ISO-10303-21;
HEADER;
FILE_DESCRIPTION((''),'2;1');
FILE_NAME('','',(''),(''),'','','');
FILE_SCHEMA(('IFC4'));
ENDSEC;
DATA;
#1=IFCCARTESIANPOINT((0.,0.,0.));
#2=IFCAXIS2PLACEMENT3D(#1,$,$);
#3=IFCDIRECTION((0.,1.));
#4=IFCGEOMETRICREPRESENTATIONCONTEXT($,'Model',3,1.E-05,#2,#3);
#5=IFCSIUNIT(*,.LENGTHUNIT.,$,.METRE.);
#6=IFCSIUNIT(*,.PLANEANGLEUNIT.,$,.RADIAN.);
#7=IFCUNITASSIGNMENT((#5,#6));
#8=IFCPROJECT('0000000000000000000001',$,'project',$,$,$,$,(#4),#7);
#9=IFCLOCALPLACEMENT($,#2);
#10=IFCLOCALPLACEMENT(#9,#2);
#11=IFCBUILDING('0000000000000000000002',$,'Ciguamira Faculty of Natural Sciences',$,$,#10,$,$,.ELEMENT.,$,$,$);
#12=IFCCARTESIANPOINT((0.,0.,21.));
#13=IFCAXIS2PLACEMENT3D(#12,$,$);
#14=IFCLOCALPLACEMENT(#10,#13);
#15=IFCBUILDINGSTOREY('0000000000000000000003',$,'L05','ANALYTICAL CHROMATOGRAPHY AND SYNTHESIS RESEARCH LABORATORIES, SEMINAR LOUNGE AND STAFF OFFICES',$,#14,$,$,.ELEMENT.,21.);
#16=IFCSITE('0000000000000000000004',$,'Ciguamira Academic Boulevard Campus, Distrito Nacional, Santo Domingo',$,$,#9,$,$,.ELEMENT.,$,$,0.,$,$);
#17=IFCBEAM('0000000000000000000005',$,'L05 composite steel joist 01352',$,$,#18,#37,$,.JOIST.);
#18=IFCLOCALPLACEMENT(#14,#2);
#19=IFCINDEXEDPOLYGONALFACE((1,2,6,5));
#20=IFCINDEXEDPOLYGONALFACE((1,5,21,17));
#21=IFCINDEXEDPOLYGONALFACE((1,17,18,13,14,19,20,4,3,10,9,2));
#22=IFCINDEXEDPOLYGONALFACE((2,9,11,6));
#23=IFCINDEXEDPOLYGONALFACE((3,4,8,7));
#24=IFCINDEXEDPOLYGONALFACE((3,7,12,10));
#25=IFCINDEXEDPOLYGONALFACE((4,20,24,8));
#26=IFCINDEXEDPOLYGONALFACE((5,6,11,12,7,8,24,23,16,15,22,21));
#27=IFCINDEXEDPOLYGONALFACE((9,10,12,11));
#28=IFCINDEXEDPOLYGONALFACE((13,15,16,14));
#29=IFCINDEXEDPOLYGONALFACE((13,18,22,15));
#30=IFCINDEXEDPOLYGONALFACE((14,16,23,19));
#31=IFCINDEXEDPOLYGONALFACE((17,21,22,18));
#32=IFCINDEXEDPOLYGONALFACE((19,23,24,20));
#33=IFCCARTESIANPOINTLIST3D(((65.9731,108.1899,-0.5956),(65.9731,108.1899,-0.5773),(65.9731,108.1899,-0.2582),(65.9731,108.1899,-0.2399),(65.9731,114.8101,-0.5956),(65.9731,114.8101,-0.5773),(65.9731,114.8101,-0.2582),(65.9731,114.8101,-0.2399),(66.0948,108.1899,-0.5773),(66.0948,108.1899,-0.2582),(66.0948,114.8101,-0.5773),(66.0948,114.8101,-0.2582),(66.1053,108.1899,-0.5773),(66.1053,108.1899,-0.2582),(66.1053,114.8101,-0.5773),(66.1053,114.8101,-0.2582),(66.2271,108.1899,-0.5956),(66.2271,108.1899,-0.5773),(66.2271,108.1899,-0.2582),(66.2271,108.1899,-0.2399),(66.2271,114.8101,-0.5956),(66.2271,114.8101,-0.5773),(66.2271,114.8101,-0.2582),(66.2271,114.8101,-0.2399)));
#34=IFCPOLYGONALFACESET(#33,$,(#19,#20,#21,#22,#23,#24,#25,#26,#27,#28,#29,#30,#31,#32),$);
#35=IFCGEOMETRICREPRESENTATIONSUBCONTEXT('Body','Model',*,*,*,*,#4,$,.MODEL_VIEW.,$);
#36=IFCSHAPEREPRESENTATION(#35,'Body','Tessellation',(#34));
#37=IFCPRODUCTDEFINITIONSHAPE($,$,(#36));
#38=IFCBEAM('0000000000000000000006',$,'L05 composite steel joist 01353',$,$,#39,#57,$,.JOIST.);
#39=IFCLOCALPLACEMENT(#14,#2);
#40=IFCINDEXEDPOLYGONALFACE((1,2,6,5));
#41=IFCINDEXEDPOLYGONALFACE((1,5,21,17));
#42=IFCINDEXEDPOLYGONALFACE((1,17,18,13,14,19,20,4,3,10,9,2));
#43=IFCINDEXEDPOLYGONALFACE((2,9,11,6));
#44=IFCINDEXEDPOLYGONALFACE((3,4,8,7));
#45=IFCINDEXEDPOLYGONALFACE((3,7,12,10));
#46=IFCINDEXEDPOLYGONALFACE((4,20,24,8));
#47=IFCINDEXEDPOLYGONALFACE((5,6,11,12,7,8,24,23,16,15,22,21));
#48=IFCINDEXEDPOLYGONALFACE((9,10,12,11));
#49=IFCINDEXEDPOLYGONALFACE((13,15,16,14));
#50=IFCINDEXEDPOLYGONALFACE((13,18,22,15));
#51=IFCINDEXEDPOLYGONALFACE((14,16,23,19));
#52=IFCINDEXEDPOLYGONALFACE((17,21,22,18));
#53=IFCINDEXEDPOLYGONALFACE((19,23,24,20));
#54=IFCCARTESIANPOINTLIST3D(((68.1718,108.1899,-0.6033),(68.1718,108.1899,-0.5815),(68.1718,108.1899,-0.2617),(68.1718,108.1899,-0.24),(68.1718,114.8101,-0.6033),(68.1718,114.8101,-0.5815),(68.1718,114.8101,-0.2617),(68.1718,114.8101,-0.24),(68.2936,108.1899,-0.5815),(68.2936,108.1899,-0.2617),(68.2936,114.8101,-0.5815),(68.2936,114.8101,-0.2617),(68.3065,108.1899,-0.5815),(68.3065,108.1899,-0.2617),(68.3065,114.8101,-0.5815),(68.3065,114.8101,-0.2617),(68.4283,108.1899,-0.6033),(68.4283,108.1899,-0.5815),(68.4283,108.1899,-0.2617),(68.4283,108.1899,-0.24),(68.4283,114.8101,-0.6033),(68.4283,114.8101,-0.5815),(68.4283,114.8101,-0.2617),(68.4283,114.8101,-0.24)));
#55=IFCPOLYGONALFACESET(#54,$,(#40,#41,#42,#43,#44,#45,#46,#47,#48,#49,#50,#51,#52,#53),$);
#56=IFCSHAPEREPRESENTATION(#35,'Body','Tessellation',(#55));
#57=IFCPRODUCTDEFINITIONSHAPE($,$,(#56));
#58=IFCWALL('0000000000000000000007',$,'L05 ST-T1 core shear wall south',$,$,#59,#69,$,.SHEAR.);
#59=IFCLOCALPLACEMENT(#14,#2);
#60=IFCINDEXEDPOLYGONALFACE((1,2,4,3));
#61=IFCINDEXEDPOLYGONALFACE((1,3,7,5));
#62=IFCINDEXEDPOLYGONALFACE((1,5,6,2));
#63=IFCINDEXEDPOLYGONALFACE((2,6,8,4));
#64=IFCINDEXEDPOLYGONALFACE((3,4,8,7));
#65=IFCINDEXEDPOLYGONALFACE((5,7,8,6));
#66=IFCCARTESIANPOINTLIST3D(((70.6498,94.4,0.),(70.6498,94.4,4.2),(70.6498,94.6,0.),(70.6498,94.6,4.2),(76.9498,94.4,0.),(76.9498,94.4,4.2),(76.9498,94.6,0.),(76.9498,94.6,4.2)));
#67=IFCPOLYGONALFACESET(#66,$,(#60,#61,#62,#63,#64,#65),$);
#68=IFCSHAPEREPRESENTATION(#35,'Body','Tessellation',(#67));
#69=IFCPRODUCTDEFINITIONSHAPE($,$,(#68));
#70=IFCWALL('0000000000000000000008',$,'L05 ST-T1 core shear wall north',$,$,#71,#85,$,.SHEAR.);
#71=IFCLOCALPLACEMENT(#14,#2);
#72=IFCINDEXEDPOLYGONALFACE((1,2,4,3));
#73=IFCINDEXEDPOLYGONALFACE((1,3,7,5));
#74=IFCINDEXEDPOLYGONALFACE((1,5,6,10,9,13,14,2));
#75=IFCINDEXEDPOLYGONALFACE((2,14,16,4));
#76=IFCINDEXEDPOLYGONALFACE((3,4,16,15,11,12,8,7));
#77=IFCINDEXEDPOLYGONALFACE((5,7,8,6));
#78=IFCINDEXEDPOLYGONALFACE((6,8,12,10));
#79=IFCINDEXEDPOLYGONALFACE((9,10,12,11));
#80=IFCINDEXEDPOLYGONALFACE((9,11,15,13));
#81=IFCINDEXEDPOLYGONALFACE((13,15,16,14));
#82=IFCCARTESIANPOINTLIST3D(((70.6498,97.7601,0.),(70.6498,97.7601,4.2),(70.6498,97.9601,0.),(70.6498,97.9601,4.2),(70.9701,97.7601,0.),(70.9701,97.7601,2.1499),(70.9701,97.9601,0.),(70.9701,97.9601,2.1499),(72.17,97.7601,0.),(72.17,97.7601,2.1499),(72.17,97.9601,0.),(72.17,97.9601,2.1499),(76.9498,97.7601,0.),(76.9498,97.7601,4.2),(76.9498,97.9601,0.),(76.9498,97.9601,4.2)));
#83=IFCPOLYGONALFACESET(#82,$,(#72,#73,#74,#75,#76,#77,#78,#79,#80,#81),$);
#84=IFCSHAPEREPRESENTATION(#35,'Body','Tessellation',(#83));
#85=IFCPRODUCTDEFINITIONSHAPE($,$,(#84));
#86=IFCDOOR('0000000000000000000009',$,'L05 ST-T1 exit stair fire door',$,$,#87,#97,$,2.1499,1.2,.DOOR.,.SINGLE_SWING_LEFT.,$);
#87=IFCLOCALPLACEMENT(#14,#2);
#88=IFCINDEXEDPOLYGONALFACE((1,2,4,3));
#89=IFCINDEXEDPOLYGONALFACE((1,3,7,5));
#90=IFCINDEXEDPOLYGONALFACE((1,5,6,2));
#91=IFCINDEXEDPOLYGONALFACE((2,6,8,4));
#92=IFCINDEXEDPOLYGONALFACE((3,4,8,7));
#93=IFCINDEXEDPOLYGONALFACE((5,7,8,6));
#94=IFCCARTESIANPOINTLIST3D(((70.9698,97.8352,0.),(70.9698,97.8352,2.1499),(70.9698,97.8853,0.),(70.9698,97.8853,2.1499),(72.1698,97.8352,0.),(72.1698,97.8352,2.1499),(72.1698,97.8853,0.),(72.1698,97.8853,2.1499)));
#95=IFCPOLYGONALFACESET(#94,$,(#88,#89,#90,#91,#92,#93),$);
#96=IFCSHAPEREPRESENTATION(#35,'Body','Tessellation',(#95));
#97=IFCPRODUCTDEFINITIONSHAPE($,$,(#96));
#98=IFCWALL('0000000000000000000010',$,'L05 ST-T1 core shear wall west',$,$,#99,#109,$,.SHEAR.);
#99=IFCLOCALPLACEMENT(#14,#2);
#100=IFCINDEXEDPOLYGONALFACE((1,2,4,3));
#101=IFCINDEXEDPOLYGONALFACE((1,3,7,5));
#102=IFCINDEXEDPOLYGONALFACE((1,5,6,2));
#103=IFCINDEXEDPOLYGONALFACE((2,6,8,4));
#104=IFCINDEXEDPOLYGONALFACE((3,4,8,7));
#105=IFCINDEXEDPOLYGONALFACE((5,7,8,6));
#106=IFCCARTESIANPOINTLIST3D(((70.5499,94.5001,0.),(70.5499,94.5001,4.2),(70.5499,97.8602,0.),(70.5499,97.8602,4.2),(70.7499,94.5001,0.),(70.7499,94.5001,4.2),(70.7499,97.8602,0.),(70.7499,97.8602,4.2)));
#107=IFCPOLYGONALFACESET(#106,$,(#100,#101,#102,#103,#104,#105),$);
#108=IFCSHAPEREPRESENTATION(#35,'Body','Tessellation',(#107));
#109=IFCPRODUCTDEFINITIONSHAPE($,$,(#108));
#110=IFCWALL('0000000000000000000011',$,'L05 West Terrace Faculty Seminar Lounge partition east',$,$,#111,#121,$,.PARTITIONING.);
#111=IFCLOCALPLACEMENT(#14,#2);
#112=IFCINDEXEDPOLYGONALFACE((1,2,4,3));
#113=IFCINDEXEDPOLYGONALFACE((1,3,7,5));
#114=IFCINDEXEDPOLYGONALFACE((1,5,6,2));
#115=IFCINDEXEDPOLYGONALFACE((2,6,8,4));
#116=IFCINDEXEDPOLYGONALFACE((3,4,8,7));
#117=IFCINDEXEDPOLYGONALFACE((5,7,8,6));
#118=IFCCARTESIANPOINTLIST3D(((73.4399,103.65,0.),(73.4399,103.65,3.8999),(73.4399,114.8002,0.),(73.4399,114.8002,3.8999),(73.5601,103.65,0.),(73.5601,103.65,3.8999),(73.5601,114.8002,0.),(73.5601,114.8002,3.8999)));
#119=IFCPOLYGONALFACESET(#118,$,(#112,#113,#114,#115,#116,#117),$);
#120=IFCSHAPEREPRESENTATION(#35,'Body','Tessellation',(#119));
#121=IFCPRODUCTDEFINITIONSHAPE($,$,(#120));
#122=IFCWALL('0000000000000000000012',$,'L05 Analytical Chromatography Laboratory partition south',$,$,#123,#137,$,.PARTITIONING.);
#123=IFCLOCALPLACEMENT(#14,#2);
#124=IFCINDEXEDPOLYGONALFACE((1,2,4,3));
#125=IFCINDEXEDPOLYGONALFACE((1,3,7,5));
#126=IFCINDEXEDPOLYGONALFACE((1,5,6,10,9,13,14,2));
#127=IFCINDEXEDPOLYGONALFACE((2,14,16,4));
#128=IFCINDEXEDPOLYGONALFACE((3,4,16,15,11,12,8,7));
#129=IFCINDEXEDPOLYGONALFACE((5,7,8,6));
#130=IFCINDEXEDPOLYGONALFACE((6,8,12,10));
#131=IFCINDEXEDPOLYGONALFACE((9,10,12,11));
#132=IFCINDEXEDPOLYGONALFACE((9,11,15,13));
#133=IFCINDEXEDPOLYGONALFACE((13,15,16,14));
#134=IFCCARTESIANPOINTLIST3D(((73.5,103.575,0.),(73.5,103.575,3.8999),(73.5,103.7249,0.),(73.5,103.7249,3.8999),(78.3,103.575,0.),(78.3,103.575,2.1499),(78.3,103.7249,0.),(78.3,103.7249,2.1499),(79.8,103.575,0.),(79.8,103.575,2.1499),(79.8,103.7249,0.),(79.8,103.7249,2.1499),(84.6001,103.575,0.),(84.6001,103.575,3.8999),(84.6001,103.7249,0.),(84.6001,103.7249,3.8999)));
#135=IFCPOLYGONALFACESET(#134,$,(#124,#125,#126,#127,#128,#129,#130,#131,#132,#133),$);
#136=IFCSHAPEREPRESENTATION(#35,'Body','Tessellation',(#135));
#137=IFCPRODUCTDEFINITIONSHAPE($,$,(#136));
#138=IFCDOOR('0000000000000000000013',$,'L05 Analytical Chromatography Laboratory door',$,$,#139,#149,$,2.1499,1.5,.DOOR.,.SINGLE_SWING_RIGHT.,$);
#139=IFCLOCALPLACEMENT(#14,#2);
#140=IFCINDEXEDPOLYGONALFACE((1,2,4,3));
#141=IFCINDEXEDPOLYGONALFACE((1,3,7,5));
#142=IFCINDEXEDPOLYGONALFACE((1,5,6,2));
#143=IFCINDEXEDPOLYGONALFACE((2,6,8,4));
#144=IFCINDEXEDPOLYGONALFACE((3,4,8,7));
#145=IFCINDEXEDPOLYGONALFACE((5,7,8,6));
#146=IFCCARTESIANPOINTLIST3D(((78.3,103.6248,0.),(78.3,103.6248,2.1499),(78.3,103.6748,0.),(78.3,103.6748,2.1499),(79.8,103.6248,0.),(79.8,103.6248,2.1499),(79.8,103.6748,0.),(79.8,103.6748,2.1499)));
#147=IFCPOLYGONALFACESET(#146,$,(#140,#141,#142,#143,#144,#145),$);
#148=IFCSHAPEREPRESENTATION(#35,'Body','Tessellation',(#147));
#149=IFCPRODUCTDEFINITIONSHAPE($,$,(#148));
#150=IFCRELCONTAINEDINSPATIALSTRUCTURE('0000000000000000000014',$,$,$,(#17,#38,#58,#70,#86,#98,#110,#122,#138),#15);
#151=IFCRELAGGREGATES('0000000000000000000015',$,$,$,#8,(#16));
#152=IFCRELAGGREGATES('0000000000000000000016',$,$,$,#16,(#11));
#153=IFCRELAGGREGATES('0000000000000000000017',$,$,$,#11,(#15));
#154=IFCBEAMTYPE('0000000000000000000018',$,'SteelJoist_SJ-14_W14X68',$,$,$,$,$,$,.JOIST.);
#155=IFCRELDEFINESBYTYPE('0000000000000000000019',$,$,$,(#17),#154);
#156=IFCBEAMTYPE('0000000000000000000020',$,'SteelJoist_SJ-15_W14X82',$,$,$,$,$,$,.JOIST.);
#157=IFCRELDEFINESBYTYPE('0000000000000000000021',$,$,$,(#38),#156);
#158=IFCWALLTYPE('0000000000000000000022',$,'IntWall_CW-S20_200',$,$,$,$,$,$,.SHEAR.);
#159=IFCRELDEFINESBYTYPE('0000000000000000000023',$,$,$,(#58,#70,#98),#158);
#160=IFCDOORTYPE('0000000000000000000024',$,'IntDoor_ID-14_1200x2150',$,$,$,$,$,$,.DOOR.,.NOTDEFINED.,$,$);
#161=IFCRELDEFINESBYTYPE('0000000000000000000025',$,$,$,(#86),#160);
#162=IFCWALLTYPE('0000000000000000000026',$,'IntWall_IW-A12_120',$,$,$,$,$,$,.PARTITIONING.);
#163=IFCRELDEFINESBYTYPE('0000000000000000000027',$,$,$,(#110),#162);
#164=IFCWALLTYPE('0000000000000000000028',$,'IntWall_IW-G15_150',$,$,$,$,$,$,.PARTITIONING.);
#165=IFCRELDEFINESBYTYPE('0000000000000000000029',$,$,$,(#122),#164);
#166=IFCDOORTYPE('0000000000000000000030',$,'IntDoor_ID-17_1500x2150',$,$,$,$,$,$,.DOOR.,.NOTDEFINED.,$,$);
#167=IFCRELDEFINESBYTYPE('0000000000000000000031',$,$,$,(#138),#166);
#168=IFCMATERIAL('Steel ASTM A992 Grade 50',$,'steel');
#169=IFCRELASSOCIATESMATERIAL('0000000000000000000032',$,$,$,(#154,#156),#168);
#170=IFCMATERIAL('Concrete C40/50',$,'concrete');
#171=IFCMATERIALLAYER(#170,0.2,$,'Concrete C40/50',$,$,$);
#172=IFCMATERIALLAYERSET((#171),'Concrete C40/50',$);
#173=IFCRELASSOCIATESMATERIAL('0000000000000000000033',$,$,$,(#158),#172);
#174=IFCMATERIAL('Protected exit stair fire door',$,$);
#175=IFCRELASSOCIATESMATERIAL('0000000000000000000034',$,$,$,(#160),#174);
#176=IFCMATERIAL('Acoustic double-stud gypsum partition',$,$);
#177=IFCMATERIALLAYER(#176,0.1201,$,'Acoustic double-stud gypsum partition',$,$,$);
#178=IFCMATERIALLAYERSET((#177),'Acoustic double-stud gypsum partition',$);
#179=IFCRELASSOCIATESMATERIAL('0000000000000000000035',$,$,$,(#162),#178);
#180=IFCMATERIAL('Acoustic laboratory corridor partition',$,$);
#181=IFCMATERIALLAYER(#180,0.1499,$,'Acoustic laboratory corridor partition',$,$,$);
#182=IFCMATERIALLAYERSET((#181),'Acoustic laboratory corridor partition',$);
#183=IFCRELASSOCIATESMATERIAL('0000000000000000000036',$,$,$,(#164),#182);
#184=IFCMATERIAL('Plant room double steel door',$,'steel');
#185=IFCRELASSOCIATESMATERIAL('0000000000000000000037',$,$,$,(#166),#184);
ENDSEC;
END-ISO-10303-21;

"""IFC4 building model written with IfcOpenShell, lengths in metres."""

from ifc_helpers import new_model, si_unit, direction, frame, frame_2d, origin, origin_2d, place, context, subcontext, project, spatial, rectangle, i_section, extrude, material, layer, layer_set, material_profile, profile_set, type_object, element, fill, save


model = new_model("IFC4")

# Units and contexts
model_context = context("Model", 3, precision=1e-05, world=origin(), true_north=direction((0.0, 1.0)))
body_context = subcontext(model_context, "Body", "Model", "MODEL_VIEW")
ifc_project = project(units=[si_unit("LENGTHUNIT", "METRE"), si_unit("PLANEANGLEUNIT", "RADIAN")], contexts=[model_context])

# Site, building, storey
site_placement = place(None, origin())
site = spatial("IfcSite", under=ifc_project, at=site_placement, Name="Ciguamira Academic Boulevard Campus, Distrito Nacional, Santo Domingo", CompositionType="ELEMENT", RefElevation=0.0)
building_placement = place(site_placement, origin())
building = spatial("IfcBuilding", under=site, at=building_placement, Name="Ciguamira Faculty of Natural Sciences", CompositionType="ELEMENT")
storey_placement = place(building_placement, frame((0.0, 0.0, 21.0)))
storey = spatial("IfcBuildingStorey", under=building, at=storey_placement, Name="L05", Description="ANALYTICAL CHROMATOGRAPHY AND SYNTHESIS RESEARCH LABORATORIES, SEMINAR LOUNGE AND STAFF OFFICES", CompositionType="ELEMENT", Elevation=21.0)

# Shared definitions
ifc_material_1 = material(Name="Concrete C40/50", Category="concrete")

# Beams
ifc_material_2 = material(Name="Steel ASTM A992 Grade 50", Category="steel")
ifc_material_profile_1 = material_profile(ifc_material_2, i_section(OverallWidth=0.2539, OverallDepth=0.3557, WebThickness=0.0105, FlangeThickness=0.0183, at=origin_2d()), Name="W14X68")
ifc_profile_set_1 = profile_set([ifc_material_profile_1], Name="Steel ASTM A992 Grade 50")
beam_type_1 = type_object("IfcBeamType", Name="SteelJoist_SJ-14_W14X68", PredefinedType="JOIST", material=ifc_profile_set_1)
beam_1_placement = place(storey_placement, frame((66.1001, 108.1899, -0.4177), z_axis=(0.0, 1.0, 0.0), x_axis=(-1.0, 0.0, 0.0)))
element("IfcBeam", 1, at=beam_1_placement, inside=storey, type_object=beam_type_1, Name="L05 composite steel joist 01352", PredefinedType="JOIST", context=body_context, shape_type="SweptSolid", body=[
    extrude(i_section(OverallWidth=0.2539, OverallDepth=0.3557, WebThickness=0.0105, FlangeThickness=0.0183, at=origin_2d()), origin(), (0.0, 0.0, 1.0), 6.6201),
])
ifc_material_profile_2 = material_profile(ifc_material_2, i_section(OverallWidth=0.2566, OverallDepth=0.3633, WebThickness=0.0129, FlangeThickness=0.0217, at=origin_2d()), Name="W14X82")
ifc_profile_set_2 = profile_set([ifc_material_profile_2], Name="Steel ASTM A992 Grade 50")
beam_type_2 = type_object("IfcBeamType", Name="SteelJoist_SJ-15_W14X82", PredefinedType="JOIST", material=ifc_profile_set_2)
beam_2_placement = place(storey_placement, frame((68.3, 108.1899, -0.4216), z_axis=(0.0, 1.0, 0.0), x_axis=(-1.0, 0.0, 0.0)))
element("IfcBeam", 2, at=beam_2_placement, inside=storey, type_object=beam_type_2, Name="L05 composite steel joist 01353", PredefinedType="JOIST", context=body_context, shape_type="SweptSolid", body=[
    extrude(i_section(OverallWidth=0.2566, OverallDepth=0.3633, WebThickness=0.0129, FlangeThickness=0.0217, at=origin_2d()), origin(), (0.0, 0.0, 1.0), 6.6201),
])

# Wall
ifc_layer_1 = layer(ifc_material_1, 0.2, Name="Concrete C40/50")
ifc_layer_set_1 = layer_set([ifc_layer_1], Name="Concrete C40/50")
wall_type_1 = type_object("IfcWallType", Name="IntWall_CW-S20_200", PredefinedType="SHEAR", material=ifc_layer_set_1)
wall_1_placement = place(storey_placement, frame((70.6499, 94.5, 0.0), z_axis=(0.0, 0.0, 1.0), x_axis=(1.0, 0.0, 0.0)))
element("IfcWall", 3, at=wall_1_placement, inside=storey, type_object=wall_type_1, Name="L05 ST-T1 core shear wall south", PredefinedType="SHEAR", context=body_context, shape_type="SweptSolid", body=[
    extrude(rectangle(XDim=6.3, YDim=0.2, at=frame_2d((3.1499, 0.0))), origin(), (0.0, 0.0, 1.0), 4.2),
])

# Wall, opening, door
wall_2_placement = place(storey_placement, frame((70.6499, 97.8601, 0.0), z_axis=(0.0, 0.0, 1.0), x_axis=(1.0, 0.0, 0.0)))
wall_2 = element("IfcWall", 4, at=wall_2_placement, inside=storey, type_object=wall_type_1, Name="L05 ST-T1 core shear wall north", PredefinedType="SHEAR", context=body_context, shape_type="SweptSolid", body=[
    extrude(rectangle(XDim=6.3, YDim=0.2, at=frame_2d((3.1499, 0.0))), origin(), (0.0, 0.0, 1.0), 4.2),
])
opening_1_placement = place(wall_2_placement, frame((0.3201, 0.0, 0.0)))
opening_1 = element("IfcOpeningElement", 5, at=opening_1_placement, cuts=wall_2, PredefinedType="OPENING", context=body_context, shape_type="SweptSolid", body=[
    extrude(rectangle(XDim=1.2, YDim=2.1499, at=frame_2d((0.6001, 1.075))), frame((0.0, 0.1099, 0.0), z_axis=(0.0, -1.0, 0.0), x_axis=(1.0, 0.0, 0.0)), (0.0, 0.0, 1.0), 0.22),
])
ifc_material_3 = material(Name="Protected exit stair fire door")
door_type_1 = type_object("IfcDoorType", Name="IntDoor_ID-14_1200x2150", OperationType="NOTDEFINED", PredefinedType="DOOR", material=ifc_material_3)
door_1_placement = place(opening_1_placement, frame((1.2, 0.0, 0.0), z_axis=(0.0, 0.0, 1.0), x_axis=(-1.0, 0.0, 0.0)))
door_1 = element("IfcDoor", 6, at=door_1_placement, inside=storey, type_object=door_type_1, Name="L05 ST-T1 exit stair fire door", OperationType="SINGLE_SWING_LEFT", OverallHeight=2.1499, OverallWidth=1.2, PredefinedType="DOOR", context=body_context, shape_type="SweptSolid", body=[
    extrude(rectangle(XDim=1.2, YDim=2.1499, at=frame_2d((0.6001, 1.075))), frame((0.0, 0.0249, 0.0), z_axis=(0.0, -1.0, 0.0), x_axis=(1.0, 0.0, 0.0)), (0.0, 0.0, 1.0), 0.05),
])
fill(opening_1, door_1)

# Walls
wall_3_placement = place(storey_placement, frame((70.6499, 94.5, 0.0), z_axis=(0.0, 0.0, 1.0), x_axis=(0.0, 1.0, 0.0)))
element("IfcWall", 7, at=wall_3_placement, inside=storey, type_object=wall_type_1, Name="L05 ST-T1 core shear wall west", PredefinedType="SHEAR", context=body_context, shape_type="SweptSolid", body=[
    extrude(rectangle(XDim=3.3601, YDim=0.2, at=frame_2d((1.6802, 0.0))), origin(), (0.0, 0.0, 1.0), 4.2),
])
ifc_material_4 = material(Name="Acoustic double-stud gypsum partition")
ifc_layer_2 = layer(ifc_material_4, 0.1201, Name="Acoustic double-stud gypsum partition")
ifc_layer_set_2 = layer_set([ifc_layer_2], Name="Acoustic double-stud gypsum partition")
wall_type_2 = type_object("IfcWallType", Name="IntWall_IW-A12_120", PredefinedType="PARTITIONING", material=ifc_layer_set_2)
wall_4_placement = place(storey_placement, frame((73.5, 103.6499, 0.0), z_axis=(0.0, 0.0, 1.0), x_axis=(0.0, 1.0, 0.0)))
element("IfcWall", 8, at=wall_4_placement, inside=storey, type_object=wall_type_2, Name="L05 West Terrace Faculty Seminar Lounge partition east", PredefinedType="PARTITIONING", context=body_context, shape_type="SweptSolid", body=[
    extrude(rectangle(XDim=11.1501, YDim=0.1201, at=frame_2d((5.5752, 0.0))), origin(), (0.0, 0.0, 1.0), 3.8999),
])

# Wall, opening, door
ifc_material_5 = material(Name="Acoustic laboratory corridor partition")
ifc_layer_3 = layer(ifc_material_5, 0.1499, Name="Acoustic laboratory corridor partition")
ifc_layer_set_3 = layer_set([ifc_layer_3], Name="Acoustic laboratory corridor partition")
wall_type_3 = type_object("IfcWallType", Name="IntWall_IW-G15_150", PredefinedType="PARTITIONING", material=ifc_layer_set_3)
wall_5_placement = place(storey_placement, frame((73.5, 103.6499, 0.0), z_axis=(0.0, 0.0, 1.0), x_axis=(1.0, 0.0, 0.0)))
wall_5 = element("IfcWall", 9, at=wall_5_placement, inside=storey, type_object=wall_type_3, Name="L05 Analytical Chromatography Laboratory partition south", PredefinedType="PARTITIONING", context=body_context, shape_type="SweptSolid", body=[
    extrude(rectangle(XDim=11.1001, YDim=0.1499, at=frame_2d((5.55, 0.0))), origin(), (0.0, 0.0, 1.0), 3.8999),
])
opening_2_placement = place(wall_5_placement, frame((4.8, 0.0, 0.0)))
opening_2 = element("IfcOpeningElement", 10, at=opening_2_placement, cuts=wall_5, PredefinedType="OPENING", context=body_context, shape_type="SweptSolid", body=[
    extrude(rectangle(XDim=1.5, YDim=2.1499, at=frame_2d((0.75, 1.075))), frame((0.0, 0.085, 0.0), z_axis=(0.0, -1.0, 0.0), x_axis=(1.0, 0.0, 0.0)), (0.0, 0.0, 1.0), 0.1699),
])
ifc_material_6 = material(Name="Plant room double steel door", Category="steel")
door_type_2 = type_object("IfcDoorType", Name="IntDoor_ID-17_1500x2150", OperationType="NOTDEFINED", PredefinedType="DOOR", material=ifc_material_6)
door_2_placement = place(opening_2_placement, origin())
door_2 = element("IfcDoor", 11, at=door_2_placement, inside=storey, type_object=door_type_2, Name="L05 Analytical Chromatography Laboratory door", OperationType="SINGLE_SWING_RIGHT", OverallHeight=2.1499, OverallWidth=1.5, PredefinedType="DOOR", context=body_context, shape_type="SweptSolid", body=[
    extrude(rectangle(XDim=1.5, YDim=2.1499, at=frame_2d((0.75, 1.075))), frame((0.0, 0.0249, 0.0), z_axis=(0.0, -1.0, 0.0), x_axis=(1.0, 0.0, 0.0)), (0.0, 0.0, 1.0), 0.05),
])
fill(opening_2, door_2)

save(model, "model.ifc")
